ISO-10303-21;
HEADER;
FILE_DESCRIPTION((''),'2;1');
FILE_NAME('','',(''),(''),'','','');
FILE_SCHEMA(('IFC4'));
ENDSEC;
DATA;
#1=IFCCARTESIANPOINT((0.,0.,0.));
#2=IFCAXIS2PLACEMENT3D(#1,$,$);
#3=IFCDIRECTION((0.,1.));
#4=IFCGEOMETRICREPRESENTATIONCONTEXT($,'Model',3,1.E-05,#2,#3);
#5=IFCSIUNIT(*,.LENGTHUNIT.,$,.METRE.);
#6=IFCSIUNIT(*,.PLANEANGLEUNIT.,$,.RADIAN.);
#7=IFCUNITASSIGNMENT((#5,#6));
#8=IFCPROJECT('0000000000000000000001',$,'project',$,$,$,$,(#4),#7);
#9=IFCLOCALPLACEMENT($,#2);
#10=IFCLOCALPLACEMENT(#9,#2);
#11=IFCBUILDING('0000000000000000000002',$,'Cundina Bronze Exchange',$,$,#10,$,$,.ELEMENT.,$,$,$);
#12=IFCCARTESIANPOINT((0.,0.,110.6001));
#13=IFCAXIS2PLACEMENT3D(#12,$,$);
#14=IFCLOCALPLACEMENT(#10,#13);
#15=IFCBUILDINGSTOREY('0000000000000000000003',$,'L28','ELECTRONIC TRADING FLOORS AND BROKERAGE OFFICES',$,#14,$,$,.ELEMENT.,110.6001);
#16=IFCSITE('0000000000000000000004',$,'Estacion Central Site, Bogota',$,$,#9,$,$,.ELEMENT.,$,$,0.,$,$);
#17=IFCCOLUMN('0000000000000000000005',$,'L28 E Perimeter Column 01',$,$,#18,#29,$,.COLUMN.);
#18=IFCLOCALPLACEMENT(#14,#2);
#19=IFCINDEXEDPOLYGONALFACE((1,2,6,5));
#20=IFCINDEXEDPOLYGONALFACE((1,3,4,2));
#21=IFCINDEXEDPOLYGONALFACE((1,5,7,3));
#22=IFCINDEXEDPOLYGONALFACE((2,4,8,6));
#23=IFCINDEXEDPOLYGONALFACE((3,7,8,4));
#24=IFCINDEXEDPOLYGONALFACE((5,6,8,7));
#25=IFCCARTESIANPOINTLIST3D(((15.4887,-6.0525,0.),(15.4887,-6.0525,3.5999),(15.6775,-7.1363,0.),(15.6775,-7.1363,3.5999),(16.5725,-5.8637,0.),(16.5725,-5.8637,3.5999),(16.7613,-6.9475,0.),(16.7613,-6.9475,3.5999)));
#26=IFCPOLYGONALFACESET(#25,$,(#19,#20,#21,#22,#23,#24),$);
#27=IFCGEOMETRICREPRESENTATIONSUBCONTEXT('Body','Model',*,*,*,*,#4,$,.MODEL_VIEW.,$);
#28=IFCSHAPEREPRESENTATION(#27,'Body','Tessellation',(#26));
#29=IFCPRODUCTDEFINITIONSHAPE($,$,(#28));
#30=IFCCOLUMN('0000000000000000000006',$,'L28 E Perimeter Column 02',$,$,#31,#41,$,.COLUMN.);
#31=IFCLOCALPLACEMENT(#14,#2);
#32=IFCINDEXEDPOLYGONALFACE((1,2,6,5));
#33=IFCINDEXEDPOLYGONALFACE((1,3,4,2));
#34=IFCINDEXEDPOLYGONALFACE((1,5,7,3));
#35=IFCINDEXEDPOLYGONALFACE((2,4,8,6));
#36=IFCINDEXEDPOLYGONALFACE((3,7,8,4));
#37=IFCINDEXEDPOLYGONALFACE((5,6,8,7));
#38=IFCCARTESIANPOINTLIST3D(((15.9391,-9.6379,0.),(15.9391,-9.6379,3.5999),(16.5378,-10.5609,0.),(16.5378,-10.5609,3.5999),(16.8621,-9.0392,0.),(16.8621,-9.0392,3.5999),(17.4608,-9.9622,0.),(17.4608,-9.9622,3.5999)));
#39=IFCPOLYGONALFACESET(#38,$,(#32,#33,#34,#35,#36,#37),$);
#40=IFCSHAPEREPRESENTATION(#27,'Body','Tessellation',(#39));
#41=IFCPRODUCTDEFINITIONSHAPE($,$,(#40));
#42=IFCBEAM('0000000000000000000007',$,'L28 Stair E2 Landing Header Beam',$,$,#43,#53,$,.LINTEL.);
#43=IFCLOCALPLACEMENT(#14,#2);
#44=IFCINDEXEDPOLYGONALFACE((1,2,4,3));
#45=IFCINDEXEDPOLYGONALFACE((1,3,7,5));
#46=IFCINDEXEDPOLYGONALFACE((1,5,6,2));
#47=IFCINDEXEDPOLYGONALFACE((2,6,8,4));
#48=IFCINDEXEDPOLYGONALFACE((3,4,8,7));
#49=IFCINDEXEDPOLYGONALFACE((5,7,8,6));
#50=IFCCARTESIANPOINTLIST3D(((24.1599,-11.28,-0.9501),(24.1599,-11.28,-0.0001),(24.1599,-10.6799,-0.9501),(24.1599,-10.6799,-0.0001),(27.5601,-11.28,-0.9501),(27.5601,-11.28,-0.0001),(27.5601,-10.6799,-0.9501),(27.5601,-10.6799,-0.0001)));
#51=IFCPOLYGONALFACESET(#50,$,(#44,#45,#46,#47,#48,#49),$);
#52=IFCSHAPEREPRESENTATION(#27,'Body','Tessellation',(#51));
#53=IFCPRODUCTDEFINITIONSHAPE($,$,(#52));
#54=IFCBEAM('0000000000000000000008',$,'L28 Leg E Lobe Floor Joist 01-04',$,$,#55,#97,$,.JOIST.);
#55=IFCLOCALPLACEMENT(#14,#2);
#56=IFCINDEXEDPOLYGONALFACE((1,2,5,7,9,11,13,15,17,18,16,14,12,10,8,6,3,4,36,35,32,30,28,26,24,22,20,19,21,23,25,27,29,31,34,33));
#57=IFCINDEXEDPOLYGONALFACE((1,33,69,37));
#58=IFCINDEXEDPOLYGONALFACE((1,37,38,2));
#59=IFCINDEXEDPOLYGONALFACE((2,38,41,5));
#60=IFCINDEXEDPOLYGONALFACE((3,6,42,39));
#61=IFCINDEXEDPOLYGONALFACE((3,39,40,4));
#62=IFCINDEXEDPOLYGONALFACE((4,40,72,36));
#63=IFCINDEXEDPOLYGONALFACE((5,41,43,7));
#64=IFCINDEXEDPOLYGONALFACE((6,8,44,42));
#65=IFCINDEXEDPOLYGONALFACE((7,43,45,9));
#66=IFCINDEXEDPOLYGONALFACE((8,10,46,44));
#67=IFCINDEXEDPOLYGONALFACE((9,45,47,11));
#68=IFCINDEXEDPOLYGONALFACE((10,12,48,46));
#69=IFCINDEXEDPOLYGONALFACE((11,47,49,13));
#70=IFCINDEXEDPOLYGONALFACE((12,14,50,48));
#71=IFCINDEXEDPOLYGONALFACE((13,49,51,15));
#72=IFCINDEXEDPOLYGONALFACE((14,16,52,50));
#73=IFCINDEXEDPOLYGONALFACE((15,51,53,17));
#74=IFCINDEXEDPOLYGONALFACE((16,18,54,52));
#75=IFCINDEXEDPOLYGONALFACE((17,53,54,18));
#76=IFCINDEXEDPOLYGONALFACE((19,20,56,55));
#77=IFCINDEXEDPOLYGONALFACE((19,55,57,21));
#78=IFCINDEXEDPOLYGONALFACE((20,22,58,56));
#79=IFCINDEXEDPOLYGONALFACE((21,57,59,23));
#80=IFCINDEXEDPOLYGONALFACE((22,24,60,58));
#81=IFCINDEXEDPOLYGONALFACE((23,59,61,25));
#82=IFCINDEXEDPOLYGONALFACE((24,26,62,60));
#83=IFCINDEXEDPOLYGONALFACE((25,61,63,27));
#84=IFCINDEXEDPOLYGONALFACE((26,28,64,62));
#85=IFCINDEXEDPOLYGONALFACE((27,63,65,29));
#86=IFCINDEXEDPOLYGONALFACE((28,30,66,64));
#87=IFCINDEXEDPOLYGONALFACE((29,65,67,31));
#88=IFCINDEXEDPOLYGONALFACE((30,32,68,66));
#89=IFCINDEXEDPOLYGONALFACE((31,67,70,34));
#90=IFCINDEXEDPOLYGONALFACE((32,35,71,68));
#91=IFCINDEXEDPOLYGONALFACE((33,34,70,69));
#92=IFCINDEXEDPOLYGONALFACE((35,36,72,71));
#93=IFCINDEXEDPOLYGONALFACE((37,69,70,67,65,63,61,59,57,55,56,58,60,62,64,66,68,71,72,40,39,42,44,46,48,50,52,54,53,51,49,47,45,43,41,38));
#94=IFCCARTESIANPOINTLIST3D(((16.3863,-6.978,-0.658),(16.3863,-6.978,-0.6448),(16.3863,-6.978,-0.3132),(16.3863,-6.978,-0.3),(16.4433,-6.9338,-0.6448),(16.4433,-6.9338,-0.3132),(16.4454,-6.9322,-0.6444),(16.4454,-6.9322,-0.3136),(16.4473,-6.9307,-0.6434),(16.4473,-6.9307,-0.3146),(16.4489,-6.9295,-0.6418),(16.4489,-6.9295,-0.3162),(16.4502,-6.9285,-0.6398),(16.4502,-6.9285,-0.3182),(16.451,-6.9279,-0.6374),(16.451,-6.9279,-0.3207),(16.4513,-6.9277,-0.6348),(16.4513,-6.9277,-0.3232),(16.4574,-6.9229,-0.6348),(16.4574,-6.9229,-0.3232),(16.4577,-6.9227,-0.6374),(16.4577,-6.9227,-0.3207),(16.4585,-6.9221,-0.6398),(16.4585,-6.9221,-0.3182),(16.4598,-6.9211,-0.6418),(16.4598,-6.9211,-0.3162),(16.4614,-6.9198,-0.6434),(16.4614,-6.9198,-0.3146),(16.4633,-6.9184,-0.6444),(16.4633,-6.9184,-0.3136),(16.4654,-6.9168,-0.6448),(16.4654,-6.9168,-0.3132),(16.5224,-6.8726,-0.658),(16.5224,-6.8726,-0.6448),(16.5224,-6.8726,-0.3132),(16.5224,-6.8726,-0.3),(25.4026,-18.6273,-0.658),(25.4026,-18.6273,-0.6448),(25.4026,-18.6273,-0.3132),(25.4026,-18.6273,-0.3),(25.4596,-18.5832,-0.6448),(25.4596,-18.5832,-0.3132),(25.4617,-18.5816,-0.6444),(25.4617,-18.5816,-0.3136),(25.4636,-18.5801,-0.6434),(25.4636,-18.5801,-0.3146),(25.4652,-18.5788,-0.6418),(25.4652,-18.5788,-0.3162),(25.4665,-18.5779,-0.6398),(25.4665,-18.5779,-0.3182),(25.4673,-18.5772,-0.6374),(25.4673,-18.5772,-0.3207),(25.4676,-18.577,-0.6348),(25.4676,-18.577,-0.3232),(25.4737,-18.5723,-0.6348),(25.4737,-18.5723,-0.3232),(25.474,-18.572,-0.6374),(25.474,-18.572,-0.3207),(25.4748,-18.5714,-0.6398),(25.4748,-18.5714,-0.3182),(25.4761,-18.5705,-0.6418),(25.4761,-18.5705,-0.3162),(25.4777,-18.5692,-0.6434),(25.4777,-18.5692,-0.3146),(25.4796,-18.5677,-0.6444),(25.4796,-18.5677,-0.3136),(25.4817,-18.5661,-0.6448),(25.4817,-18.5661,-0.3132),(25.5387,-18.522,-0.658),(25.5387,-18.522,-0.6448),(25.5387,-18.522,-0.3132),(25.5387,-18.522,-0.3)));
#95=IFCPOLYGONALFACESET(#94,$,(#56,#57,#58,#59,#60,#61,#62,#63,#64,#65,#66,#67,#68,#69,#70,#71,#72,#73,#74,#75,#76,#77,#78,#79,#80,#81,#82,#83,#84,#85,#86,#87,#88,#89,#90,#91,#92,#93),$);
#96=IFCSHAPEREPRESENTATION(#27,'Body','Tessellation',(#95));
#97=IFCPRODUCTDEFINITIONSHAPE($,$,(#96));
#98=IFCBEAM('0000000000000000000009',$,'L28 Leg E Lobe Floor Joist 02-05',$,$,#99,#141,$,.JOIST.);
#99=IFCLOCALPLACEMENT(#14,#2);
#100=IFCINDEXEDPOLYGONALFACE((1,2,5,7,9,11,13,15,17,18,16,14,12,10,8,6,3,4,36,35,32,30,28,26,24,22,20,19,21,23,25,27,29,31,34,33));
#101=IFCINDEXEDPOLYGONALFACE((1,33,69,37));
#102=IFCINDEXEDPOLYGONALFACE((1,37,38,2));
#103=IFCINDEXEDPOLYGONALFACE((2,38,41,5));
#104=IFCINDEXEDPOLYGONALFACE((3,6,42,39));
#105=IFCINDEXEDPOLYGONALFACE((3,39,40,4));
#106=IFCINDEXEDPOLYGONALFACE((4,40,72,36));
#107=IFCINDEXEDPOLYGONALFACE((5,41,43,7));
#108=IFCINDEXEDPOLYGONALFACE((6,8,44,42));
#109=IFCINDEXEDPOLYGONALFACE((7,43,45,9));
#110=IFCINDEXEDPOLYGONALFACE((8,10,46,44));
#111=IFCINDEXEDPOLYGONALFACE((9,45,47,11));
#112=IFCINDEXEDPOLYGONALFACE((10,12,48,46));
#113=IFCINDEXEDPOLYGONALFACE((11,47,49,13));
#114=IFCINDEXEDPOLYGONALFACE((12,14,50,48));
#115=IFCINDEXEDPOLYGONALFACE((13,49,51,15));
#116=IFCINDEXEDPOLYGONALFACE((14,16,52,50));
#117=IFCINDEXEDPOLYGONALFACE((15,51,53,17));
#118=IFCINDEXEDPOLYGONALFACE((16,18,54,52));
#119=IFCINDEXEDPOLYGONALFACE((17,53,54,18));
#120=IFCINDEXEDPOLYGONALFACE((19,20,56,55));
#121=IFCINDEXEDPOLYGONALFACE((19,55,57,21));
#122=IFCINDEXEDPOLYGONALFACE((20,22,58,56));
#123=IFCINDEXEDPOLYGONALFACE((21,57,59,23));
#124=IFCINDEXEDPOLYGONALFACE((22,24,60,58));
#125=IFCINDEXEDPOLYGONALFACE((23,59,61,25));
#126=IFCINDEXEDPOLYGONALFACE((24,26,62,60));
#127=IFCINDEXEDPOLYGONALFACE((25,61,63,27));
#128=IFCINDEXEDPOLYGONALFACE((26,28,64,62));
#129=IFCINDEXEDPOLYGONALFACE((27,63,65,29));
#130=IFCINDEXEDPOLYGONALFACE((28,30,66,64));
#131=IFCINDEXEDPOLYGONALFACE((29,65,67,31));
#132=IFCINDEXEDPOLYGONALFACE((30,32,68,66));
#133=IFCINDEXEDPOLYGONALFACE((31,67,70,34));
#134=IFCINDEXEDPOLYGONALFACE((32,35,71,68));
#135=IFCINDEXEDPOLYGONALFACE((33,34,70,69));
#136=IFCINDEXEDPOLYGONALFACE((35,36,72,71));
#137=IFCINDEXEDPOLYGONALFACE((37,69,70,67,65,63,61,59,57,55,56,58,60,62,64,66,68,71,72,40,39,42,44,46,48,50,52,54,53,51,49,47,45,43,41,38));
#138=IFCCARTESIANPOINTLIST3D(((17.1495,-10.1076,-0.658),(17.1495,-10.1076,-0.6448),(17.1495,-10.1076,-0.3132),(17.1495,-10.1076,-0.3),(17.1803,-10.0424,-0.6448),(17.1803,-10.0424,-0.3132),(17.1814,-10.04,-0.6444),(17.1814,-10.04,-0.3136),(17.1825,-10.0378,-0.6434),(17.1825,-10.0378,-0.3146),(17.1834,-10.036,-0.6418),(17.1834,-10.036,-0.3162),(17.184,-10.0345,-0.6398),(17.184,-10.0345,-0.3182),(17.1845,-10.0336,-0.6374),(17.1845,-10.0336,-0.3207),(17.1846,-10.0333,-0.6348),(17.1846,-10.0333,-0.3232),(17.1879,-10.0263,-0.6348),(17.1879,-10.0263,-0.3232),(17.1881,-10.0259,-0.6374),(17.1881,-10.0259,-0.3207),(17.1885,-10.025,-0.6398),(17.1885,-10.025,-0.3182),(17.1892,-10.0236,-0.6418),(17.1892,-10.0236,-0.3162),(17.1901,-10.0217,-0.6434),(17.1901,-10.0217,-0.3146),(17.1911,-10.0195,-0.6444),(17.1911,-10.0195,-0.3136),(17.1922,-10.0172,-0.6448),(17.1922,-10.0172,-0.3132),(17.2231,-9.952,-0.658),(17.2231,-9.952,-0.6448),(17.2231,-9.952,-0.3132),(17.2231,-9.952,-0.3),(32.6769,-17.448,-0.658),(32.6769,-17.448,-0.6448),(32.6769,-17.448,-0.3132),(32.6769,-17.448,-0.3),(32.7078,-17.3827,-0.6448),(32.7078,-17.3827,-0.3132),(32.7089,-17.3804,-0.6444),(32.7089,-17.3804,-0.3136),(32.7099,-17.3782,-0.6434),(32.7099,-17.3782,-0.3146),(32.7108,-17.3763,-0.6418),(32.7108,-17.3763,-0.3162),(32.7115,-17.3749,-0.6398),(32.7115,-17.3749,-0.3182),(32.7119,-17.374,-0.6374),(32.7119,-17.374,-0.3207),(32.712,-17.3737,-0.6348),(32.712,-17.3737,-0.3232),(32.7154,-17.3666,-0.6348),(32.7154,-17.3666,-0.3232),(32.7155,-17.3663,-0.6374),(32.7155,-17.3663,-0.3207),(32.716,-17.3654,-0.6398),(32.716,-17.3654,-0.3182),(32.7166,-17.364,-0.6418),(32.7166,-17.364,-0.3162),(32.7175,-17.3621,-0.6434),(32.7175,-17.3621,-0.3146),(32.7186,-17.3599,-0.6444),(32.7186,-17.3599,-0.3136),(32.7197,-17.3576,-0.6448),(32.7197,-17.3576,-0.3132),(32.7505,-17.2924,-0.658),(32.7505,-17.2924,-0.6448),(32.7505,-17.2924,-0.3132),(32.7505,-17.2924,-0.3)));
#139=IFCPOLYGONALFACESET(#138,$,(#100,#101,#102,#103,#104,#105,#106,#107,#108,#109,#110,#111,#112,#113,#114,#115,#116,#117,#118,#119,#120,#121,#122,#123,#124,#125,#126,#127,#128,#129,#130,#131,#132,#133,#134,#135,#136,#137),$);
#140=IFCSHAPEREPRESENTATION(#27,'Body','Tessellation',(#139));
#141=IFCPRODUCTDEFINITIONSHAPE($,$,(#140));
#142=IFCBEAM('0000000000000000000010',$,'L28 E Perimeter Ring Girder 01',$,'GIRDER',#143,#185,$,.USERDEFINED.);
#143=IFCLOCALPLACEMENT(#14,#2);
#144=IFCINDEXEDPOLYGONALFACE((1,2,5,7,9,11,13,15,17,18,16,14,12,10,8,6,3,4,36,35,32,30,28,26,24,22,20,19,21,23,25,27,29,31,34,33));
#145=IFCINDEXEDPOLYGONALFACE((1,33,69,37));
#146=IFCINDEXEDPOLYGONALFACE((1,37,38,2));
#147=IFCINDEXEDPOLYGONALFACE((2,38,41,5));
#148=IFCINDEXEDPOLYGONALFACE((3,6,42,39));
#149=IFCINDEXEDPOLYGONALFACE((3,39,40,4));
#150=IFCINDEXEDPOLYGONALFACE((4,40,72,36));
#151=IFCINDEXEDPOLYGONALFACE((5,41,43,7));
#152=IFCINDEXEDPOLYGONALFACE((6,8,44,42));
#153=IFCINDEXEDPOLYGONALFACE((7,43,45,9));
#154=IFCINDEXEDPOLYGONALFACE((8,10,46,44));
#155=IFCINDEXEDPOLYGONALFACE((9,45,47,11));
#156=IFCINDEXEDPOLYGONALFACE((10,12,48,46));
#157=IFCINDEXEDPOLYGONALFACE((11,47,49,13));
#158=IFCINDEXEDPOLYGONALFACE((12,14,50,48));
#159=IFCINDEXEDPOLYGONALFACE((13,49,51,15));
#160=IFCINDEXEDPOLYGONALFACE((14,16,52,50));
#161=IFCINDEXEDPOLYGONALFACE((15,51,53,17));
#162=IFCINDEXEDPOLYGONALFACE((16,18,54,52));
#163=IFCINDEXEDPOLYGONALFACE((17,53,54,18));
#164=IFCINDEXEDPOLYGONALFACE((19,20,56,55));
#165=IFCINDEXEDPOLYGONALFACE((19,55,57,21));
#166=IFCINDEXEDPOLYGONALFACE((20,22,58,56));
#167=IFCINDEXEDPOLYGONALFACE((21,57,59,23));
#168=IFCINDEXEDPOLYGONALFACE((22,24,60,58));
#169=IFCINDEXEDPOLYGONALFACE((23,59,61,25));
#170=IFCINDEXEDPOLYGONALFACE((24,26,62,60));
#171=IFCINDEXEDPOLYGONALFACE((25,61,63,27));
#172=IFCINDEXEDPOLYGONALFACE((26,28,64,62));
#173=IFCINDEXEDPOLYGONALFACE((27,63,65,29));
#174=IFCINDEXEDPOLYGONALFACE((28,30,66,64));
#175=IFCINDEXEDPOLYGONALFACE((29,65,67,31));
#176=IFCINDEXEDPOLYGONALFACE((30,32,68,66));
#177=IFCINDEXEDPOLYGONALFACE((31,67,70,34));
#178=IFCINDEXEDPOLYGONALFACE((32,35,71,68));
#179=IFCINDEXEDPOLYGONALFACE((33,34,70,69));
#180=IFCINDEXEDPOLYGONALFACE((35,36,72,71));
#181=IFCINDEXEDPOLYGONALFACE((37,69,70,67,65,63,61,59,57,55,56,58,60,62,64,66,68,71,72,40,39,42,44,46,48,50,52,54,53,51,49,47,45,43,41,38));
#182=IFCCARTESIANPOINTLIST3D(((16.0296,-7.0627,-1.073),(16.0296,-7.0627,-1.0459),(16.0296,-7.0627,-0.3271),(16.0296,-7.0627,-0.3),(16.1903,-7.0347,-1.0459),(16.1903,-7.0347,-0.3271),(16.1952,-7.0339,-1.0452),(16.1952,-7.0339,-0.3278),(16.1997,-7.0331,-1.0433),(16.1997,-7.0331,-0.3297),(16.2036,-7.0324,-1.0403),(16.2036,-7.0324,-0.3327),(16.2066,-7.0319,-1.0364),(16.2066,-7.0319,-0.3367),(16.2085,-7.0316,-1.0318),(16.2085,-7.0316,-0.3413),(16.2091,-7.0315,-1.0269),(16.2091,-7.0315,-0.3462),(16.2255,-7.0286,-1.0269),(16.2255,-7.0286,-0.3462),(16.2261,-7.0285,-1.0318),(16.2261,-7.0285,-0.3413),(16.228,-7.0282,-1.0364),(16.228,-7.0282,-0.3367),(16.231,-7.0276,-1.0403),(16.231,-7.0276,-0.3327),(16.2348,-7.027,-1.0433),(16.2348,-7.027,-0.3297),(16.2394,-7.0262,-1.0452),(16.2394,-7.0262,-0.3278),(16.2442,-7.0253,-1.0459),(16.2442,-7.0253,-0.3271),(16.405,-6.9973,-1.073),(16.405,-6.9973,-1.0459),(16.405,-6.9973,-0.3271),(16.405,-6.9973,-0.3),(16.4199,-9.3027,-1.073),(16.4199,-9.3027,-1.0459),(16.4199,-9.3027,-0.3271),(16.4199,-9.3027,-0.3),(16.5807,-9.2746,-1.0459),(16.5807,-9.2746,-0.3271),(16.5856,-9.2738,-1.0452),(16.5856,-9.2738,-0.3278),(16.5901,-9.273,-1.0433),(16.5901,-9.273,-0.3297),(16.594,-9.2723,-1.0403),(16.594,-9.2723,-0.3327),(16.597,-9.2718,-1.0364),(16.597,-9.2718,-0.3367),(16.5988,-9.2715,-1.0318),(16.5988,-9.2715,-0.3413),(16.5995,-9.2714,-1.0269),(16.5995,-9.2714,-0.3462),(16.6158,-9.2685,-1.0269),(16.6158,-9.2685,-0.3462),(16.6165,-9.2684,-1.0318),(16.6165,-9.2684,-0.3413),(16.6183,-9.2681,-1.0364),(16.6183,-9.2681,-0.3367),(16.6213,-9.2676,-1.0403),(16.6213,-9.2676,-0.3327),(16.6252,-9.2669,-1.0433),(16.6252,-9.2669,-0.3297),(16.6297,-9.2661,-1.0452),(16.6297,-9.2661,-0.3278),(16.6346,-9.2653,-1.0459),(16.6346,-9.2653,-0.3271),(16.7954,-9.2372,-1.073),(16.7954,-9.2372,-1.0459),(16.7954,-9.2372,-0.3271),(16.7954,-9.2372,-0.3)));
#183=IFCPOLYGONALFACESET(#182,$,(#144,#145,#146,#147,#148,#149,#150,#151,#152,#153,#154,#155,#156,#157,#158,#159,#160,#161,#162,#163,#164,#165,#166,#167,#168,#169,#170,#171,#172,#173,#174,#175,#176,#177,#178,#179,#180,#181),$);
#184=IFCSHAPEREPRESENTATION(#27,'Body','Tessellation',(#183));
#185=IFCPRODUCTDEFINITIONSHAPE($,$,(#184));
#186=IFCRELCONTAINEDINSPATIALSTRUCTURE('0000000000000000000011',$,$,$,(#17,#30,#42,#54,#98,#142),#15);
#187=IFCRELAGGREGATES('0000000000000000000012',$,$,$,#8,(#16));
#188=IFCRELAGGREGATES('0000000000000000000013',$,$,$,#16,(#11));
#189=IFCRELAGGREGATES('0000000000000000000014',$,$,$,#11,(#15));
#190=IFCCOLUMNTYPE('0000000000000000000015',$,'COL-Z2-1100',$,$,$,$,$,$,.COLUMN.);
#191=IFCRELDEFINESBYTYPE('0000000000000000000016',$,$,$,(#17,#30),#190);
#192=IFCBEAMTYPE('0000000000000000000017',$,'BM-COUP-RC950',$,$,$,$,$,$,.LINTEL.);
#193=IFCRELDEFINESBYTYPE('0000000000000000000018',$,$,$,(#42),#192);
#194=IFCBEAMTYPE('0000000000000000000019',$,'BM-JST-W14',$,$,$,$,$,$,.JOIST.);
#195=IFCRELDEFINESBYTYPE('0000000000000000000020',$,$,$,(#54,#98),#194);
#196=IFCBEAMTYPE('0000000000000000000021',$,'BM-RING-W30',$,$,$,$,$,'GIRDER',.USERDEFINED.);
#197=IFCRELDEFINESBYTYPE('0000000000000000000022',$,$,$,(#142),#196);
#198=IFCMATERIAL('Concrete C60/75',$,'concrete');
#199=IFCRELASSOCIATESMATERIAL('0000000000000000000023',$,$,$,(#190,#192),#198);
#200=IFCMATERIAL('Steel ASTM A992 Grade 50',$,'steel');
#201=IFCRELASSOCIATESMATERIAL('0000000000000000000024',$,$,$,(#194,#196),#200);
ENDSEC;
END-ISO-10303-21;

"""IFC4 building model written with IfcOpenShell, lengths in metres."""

from ifc_helpers import new_model, si_unit, direction, frame, origin, origin_2d, place, context, subcontext, project, spatial, rectangle, i_section, extrude, material, material_profile, profile_set, type_object, element, save


model = new_model("IFC4")

# Units and contexts
model_context = context("Model", 3, precision=1e-05, world=origin(), true_north=direction((0.0, 1.0)))
body_context = subcontext(model_context, "Body", "Model", "MODEL_VIEW")
ifc_project = project(units=[si_unit("LENGTHUNIT", "METRE"), si_unit("PLANEANGLEUNIT", "RADIAN")], contexts=[model_context])

# Site, building, storey
site_placement = place(None, origin())
site = spatial("IfcSite", under=ifc_project, at=site_placement, Name="Estacion Central Site, Bogota", CompositionType="ELEMENT", RefElevation=0.0)
building_placement = place(site_placement, origin())
building = spatial("IfcBuilding", under=site, at=building_placement, Name="Cundina Bronze Exchange", CompositionType="ELEMENT")
storey_placement = place(building_placement, frame((0.0, 0.0, 110.6001)))
storey = spatial("IfcBuildingStorey", under=building, at=storey_placement, Name="L28", Description="ELECTRONIC TRADING FLOORS AND BROKERAGE OFFICES", CompositionType="ELEMENT", Elevation=110.6001)

# Columns
ifc_material_1 = material(Name="Concrete C60/75", Category="concrete")
ifc_material_profile_1 = material_profile(ifc_material_1, rectangle(XDim=1.1001, YDim=1.1001, at=origin_2d()), Name="RC1100X1100", Category="concrete")
ifc_profile_set_1 = profile_set([ifc_material_profile_1], Name="Concrete C60/75")
column_type = type_object("IfcColumnType", Name="COL-Z2-1100", PredefinedType="COLUMN", material=ifc_profile_set_1)
for number, where, z_axis, x_axis, name in (
    (1, (16.125, -6.5, 0.0), (0.0, 0.0, 1.0), (0.171585, -0.985169, 0.0), "L28 E Perimeter Column 01"),
    (2, (16.7, -9.8, 0.0), (0.0, 0.0, 1.0), (0.5442, -0.838956, 0.0), "L28 E Perimeter Column 02"),
):
    element("IfcColumn", number, at=place(storey_placement, frame(where, z_axis=z_axis, x_axis=x_axis)), inside=storey, type_object=column_type, Name=name, PredefinedType="COLUMN", context=body_context, shape_type="SweptSolid", body=[
        extrude(rectangle(XDim=1.1001, YDim=1.1001, at=origin_2d()), origin(), (0.0, 0.0, 1.0), 3.5999),
    ])

# Beams
ifc_material_profile_2 = material_profile(ifc_material_1, rectangle(XDim=0.6001, YDim=0.95, at=origin_2d()), Name="RC600X950", Category="concrete")
ifc_profile_set_2 = profile_set([ifc_material_profile_2], Name="Concrete C60/75")
beam_type_1 = type_object("IfcBeamType", Name="BM-COUP-RC950", PredefinedType="LINTEL", material=ifc_profile_set_2)
beam_1_placement = place(storey_placement, frame((24.1599, -10.98, -0.4751), z_axis=(1.0, 0.0, 0.0), x_axis=(0.0, 1.0, 0.0)))
element("IfcBeam", 3, at=beam_1_placement, inside=storey, type_object=beam_type_1, Name="L28 Stair E2 Landing Header Beam", PredefinedType="LINTEL", context=body_context, shape_type="SweptSolid", body=[
    extrude(rectangle(XDim=0.6001, YDim=0.95, at=origin_2d()), origin(), (0.0, 0.0, 1.0), 3.4001),
])
ifc_material_2 = material(Name="Steel ASTM A992 Grade 50", Category="steel")
ifc_material_profile_3 = material_profile(ifc_material_2, i_section(OverallWidth=0.1721, OverallDepth=0.3579, WebThickness=0.0078, FlangeThickness=0.0132, FilletRadius=0.01, at=origin_2d()), Name="W14X38", Category="steel")
ifc_profile_set_3 = profile_set([ifc_material_profile_3], Name="Steel ASTM A992 Grade 50")
beam_type_2 = type_object("IfcBeamType", Name="BM-JST-W14", PredefinedType="JOIST", material=ifc_profile_set_3)
beam_2_placement = place(storey_placement, frame((16.4543, -6.9253, -0.479), z_axis=(0.612065, -0.790807, 0.0), x_axis=(0.790807, 0.612065, 0.0)))
element("IfcBeam", 4, at=beam_2_placement, inside=storey, type_object=beam_type_2, Name="L28 Leg E Lobe Floor Joist 01-04", PredefinedType="JOIST", context=body_context, shape_type="SweptSolid", body=[
    extrude(i_section(OverallWidth=0.1721, OverallDepth=0.3579, WebThickness=0.0078, FlangeThickness=0.0132, FilletRadius=0.01, at=origin_2d()), origin(), (0.0, 0.0, 1.0), 14.731),
])
beam_3_placement = place(storey_placement, frame((17.1863, -10.0298, -0.479), z_axis=(0.904069, -0.427386, 0.0), x_axis=(0.427386, 0.904069, 0.0)))
element("IfcBeam", 5, at=beam_3_placement, inside=storey, type_object=beam_type_2, Name="L28 Leg E Lobe Floor Joist 02-05", PredefinedType="JOIST", context=body_context, shape_type="SweptSolid", body=[
    extrude(i_section(OverallWidth=0.1721, OverallDepth=0.3579, WebThickness=0.0078, FlangeThickness=0.0132, FilletRadius=0.01, at=origin_2d()), origin(), (0.0, 0.0, 1.0), 17.175),
])
ifc_material_profile_4 = material_profile(ifc_material_2, i_section(OverallWidth=0.3811, OverallDepth=0.7729, WebThickness=0.0166, FlangeThickness=0.0271, FilletRadius=0.019, at=origin_2d()), Name="W30X173", Category="steel")
ifc_profile_set_4 = profile_set([ifc_material_profile_4], Name="Steel ASTM A992 Grade 50")
beam_type_3 = type_object("IfcBeamType", Name="BM-RING-W30", ElementType="GIRDER", PredefinedType="USERDEFINED", material=ifc_profile_set_4)
beam_4_placement = place(storey_placement, frame((16.2173, -7.03, -0.6865), z_axis=(0.17169, -0.985151, 0.0), x_axis=(0.985151, 0.17169, 0.0)))
element("IfcBeam", 6, at=beam_4_placement, inside=storey, type_object=beam_type_3, Name="L28 E Perimeter Ring Girder 01", ObjectType="GIRDER", PredefinedType="USERDEFINED", context=body_context, shape_type="SweptSolid", body=[
    extrude(i_section(OverallWidth=0.3811, OverallDepth=0.7729, WebThickness=0.0166, FlangeThickness=0.0271, FilletRadius=0.019, at=origin_2d()), origin(), (0.0, 0.0, 1.0), 2.2737),
])

save(model, "model.ifc")
